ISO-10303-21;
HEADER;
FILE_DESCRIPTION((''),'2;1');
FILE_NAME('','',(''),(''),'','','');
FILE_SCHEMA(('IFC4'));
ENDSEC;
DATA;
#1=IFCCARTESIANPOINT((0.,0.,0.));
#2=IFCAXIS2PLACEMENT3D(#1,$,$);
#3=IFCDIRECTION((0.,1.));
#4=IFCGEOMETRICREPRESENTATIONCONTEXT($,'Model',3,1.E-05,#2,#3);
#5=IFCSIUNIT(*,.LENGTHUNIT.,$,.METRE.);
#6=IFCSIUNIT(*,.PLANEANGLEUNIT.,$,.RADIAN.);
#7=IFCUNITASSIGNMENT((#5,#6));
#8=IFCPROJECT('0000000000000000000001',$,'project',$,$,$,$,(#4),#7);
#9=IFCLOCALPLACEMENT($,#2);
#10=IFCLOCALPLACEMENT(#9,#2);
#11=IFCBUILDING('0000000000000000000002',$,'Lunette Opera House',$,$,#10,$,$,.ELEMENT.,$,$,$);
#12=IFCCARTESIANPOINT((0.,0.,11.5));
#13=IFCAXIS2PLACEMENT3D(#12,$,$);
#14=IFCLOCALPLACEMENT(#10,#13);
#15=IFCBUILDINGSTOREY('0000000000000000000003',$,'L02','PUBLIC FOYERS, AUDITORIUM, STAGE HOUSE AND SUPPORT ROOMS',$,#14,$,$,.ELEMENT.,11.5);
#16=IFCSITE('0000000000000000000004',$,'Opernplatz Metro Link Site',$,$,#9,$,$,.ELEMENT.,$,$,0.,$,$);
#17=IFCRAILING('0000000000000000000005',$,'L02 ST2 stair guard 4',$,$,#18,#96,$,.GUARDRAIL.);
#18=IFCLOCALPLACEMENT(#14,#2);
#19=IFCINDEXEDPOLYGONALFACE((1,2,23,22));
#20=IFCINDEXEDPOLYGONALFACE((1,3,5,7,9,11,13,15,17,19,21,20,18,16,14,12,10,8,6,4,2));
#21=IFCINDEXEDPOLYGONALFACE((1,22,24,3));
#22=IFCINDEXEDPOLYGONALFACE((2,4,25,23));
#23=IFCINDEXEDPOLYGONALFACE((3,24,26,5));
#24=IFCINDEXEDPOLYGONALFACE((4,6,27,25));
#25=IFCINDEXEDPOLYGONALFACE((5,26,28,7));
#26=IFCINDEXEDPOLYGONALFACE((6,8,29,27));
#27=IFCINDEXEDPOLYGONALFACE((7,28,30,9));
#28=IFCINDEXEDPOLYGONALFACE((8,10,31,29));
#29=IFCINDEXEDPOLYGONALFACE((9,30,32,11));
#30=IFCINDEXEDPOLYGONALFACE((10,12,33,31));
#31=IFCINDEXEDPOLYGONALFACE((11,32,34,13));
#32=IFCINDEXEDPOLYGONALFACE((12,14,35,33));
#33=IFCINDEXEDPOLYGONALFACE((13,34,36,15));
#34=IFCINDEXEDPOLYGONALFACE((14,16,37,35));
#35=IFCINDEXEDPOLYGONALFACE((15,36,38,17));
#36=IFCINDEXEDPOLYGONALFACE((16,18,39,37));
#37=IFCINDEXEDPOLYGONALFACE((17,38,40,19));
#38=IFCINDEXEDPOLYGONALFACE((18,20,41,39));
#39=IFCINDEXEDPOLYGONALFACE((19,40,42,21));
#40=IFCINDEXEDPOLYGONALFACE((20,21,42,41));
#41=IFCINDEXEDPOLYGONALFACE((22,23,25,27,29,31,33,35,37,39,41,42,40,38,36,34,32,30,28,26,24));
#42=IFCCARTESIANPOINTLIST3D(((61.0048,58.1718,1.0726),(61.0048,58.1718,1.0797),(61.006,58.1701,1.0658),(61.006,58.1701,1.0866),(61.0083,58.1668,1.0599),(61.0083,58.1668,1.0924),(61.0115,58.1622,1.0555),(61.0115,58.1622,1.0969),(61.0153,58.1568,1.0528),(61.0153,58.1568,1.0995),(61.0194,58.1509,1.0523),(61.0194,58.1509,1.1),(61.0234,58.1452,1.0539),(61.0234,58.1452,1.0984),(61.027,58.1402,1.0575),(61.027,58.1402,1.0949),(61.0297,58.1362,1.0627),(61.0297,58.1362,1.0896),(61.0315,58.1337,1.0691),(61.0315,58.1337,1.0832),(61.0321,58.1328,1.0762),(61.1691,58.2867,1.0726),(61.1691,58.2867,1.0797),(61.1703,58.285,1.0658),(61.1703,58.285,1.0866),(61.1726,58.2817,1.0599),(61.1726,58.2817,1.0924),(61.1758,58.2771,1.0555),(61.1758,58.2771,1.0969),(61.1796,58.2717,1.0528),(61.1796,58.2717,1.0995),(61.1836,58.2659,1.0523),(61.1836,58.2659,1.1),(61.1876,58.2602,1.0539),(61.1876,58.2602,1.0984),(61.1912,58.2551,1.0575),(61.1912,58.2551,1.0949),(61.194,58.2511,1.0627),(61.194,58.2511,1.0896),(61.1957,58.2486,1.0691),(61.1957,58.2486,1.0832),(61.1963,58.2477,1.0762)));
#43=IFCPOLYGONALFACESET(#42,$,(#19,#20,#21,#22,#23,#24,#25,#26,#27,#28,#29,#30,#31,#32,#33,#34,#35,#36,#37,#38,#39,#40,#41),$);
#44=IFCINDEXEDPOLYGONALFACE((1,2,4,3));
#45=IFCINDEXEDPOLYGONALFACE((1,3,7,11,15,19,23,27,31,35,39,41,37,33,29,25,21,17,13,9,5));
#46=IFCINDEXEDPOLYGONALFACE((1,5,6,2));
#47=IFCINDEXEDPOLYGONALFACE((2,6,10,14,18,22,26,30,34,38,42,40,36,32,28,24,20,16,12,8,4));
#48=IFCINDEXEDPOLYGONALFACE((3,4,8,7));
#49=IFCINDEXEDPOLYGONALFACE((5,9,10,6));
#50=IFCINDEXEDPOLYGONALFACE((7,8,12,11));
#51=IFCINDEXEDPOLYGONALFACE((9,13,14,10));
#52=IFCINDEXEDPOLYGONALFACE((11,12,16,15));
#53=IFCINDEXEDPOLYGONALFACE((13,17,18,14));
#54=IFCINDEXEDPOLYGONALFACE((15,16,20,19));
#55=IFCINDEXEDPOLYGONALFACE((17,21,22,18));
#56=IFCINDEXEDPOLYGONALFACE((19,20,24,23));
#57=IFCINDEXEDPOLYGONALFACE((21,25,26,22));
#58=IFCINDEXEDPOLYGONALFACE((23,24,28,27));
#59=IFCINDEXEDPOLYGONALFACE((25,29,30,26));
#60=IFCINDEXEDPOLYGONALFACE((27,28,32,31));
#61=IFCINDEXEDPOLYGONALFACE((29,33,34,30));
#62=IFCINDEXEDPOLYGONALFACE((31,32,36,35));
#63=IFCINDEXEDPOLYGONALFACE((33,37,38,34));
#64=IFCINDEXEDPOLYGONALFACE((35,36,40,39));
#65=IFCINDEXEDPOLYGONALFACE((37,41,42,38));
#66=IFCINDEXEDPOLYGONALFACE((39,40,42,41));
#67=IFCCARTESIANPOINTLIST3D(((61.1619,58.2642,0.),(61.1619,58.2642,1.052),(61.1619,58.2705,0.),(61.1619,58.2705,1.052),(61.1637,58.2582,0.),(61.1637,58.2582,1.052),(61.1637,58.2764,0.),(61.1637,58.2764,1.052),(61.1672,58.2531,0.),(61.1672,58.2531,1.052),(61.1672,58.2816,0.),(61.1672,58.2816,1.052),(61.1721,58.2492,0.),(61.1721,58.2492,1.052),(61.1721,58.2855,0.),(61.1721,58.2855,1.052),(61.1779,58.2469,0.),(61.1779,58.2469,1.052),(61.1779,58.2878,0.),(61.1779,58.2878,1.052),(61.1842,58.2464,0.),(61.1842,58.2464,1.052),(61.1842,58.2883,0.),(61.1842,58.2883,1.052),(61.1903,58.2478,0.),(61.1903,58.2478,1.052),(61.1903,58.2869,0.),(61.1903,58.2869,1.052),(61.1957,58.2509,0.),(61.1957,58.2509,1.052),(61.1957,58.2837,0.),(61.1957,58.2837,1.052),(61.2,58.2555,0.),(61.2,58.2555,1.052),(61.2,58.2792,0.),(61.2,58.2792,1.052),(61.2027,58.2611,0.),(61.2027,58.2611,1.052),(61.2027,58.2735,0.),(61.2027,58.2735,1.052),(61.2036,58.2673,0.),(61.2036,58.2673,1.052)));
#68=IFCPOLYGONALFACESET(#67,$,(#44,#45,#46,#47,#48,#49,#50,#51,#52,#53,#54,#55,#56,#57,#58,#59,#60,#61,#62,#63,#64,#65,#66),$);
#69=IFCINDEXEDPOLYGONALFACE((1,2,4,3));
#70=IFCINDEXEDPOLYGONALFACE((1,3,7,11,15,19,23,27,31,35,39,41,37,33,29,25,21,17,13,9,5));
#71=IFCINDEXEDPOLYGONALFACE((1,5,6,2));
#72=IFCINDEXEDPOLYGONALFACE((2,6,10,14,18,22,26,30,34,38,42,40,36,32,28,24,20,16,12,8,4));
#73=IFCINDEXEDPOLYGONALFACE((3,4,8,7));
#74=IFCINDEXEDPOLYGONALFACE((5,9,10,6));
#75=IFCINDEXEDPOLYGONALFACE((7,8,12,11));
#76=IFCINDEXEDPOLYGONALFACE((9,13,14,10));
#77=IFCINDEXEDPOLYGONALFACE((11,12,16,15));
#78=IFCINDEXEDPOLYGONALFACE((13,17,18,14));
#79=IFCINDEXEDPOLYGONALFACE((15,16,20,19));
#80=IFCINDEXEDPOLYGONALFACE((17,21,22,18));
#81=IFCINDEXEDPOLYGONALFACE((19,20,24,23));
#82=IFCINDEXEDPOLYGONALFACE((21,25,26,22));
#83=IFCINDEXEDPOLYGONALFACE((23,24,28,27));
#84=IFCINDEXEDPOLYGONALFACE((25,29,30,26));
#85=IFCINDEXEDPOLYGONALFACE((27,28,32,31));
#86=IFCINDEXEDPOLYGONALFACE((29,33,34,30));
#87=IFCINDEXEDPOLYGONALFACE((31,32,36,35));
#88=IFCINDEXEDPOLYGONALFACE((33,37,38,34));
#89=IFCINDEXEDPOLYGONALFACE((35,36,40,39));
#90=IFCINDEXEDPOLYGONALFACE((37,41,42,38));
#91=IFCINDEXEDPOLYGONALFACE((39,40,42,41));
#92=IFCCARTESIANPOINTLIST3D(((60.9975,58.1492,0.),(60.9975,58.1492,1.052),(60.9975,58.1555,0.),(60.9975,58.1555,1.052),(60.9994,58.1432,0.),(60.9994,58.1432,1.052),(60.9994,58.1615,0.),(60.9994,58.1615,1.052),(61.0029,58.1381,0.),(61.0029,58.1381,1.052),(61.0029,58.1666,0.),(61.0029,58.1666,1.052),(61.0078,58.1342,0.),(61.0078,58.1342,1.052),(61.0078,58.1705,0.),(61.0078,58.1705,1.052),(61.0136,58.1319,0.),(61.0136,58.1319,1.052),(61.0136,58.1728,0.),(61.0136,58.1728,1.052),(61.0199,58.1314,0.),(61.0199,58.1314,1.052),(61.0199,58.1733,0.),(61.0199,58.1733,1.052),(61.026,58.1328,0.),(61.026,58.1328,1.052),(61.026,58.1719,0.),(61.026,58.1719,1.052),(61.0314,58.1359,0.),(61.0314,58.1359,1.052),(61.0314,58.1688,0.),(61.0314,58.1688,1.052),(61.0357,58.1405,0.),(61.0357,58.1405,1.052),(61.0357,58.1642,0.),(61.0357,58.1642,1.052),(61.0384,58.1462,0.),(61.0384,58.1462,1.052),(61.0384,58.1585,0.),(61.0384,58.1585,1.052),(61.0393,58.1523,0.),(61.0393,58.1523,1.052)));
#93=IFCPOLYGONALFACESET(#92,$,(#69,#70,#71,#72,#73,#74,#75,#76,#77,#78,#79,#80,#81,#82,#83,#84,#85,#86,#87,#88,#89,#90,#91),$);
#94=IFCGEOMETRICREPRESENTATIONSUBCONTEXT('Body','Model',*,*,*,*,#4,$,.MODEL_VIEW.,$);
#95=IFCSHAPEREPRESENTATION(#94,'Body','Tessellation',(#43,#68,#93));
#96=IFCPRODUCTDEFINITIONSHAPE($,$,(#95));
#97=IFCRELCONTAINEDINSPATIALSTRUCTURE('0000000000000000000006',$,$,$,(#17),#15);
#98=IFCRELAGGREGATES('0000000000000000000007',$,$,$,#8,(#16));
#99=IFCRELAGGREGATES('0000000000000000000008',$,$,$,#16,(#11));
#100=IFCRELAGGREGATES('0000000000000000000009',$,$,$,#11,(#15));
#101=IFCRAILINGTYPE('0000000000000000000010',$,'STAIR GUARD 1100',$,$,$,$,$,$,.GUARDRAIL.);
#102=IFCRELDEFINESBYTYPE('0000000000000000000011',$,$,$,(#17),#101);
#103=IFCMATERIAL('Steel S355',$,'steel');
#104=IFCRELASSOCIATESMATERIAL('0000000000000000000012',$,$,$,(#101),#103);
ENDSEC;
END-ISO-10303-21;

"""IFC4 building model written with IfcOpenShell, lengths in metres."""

from ifc_helpers import new_model, si_unit, direction, frame, origin, origin_2d, place, context, subcontext, project, spatial, circle, extrude, material, type_object, element, save


model = new_model("IFC4")

# Units and contexts
model_context = context("Model", 3, precision=1e-05, world=origin(), true_north=direction((0.0, 1.0)))
body_context = subcontext(model_context, "Body", "Model", "MODEL_VIEW")
ifc_project = project(units=[si_unit("LENGTHUNIT", "METRE"), si_unit("PLANEANGLEUNIT", "RADIAN")], contexts=[model_context])

# Site, building, storey
site_placement = place(None, origin())
site = spatial("IfcSite", under=ifc_project, at=site_placement, Name="Opernplatz Metro Link Site", CompositionType="ELEMENT", RefElevation=0.0)
building_placement = place(site_placement, origin())
building = spatial("IfcBuilding", under=site, at=building_placement, Name="Lunette Opera House", CompositionType="ELEMENT")
storey_placement = place(building_placement, frame((0.0, 0.0, 11.5)))
storey = spatial("IfcBuildingStorey", under=building, at=storey_placement, Name="L02", Description="PUBLIC FOYERS, AUDITORIUM, STAGE HOUSE AND SUPPORT ROOMS", CompositionType="ELEMENT", Elevation=11.5)

# Railing
ifc_material_1 = material(Name="Steel S355", Category="steel")
railing_type = type_object("IfcRailingType", Name="STAIR GUARD 1100", PredefinedType="GUARDRAIL", material=ifc_material_1)
railing_1_placement = place(storey_placement, frame((61.1826, 58.2673, 0.0)))
element("IfcRailing", 1, at=railing_1_placement, inside=storey, type_object=railing_type, Name="L02 ST2 stair guard 4", PredefinedType="GUARDRAIL", context=body_context, shape_type="SweptSolid", body=[
    extrude(circle(Radius=0.0239, at=origin_2d()), frame((0.0, 0.0, 1.0762), z_axis=(-0.819289, -0.573381, 0.0), x_axis=(0.573381, -0.819289, 0.0)), (0.0, 0.0, 1.0), 0.2004),
    extrude(circle(Radius=0.021, at=origin_2d()), origin(), (0.0, 0.0, 1.0), 1.052),
    extrude(circle(Radius=0.021, at=origin_2d()), frame((-0.1643, -0.115, 0.0)), (0.0, 0.0, 1.0), 1.052),
])

save(model, "model.ifc")
